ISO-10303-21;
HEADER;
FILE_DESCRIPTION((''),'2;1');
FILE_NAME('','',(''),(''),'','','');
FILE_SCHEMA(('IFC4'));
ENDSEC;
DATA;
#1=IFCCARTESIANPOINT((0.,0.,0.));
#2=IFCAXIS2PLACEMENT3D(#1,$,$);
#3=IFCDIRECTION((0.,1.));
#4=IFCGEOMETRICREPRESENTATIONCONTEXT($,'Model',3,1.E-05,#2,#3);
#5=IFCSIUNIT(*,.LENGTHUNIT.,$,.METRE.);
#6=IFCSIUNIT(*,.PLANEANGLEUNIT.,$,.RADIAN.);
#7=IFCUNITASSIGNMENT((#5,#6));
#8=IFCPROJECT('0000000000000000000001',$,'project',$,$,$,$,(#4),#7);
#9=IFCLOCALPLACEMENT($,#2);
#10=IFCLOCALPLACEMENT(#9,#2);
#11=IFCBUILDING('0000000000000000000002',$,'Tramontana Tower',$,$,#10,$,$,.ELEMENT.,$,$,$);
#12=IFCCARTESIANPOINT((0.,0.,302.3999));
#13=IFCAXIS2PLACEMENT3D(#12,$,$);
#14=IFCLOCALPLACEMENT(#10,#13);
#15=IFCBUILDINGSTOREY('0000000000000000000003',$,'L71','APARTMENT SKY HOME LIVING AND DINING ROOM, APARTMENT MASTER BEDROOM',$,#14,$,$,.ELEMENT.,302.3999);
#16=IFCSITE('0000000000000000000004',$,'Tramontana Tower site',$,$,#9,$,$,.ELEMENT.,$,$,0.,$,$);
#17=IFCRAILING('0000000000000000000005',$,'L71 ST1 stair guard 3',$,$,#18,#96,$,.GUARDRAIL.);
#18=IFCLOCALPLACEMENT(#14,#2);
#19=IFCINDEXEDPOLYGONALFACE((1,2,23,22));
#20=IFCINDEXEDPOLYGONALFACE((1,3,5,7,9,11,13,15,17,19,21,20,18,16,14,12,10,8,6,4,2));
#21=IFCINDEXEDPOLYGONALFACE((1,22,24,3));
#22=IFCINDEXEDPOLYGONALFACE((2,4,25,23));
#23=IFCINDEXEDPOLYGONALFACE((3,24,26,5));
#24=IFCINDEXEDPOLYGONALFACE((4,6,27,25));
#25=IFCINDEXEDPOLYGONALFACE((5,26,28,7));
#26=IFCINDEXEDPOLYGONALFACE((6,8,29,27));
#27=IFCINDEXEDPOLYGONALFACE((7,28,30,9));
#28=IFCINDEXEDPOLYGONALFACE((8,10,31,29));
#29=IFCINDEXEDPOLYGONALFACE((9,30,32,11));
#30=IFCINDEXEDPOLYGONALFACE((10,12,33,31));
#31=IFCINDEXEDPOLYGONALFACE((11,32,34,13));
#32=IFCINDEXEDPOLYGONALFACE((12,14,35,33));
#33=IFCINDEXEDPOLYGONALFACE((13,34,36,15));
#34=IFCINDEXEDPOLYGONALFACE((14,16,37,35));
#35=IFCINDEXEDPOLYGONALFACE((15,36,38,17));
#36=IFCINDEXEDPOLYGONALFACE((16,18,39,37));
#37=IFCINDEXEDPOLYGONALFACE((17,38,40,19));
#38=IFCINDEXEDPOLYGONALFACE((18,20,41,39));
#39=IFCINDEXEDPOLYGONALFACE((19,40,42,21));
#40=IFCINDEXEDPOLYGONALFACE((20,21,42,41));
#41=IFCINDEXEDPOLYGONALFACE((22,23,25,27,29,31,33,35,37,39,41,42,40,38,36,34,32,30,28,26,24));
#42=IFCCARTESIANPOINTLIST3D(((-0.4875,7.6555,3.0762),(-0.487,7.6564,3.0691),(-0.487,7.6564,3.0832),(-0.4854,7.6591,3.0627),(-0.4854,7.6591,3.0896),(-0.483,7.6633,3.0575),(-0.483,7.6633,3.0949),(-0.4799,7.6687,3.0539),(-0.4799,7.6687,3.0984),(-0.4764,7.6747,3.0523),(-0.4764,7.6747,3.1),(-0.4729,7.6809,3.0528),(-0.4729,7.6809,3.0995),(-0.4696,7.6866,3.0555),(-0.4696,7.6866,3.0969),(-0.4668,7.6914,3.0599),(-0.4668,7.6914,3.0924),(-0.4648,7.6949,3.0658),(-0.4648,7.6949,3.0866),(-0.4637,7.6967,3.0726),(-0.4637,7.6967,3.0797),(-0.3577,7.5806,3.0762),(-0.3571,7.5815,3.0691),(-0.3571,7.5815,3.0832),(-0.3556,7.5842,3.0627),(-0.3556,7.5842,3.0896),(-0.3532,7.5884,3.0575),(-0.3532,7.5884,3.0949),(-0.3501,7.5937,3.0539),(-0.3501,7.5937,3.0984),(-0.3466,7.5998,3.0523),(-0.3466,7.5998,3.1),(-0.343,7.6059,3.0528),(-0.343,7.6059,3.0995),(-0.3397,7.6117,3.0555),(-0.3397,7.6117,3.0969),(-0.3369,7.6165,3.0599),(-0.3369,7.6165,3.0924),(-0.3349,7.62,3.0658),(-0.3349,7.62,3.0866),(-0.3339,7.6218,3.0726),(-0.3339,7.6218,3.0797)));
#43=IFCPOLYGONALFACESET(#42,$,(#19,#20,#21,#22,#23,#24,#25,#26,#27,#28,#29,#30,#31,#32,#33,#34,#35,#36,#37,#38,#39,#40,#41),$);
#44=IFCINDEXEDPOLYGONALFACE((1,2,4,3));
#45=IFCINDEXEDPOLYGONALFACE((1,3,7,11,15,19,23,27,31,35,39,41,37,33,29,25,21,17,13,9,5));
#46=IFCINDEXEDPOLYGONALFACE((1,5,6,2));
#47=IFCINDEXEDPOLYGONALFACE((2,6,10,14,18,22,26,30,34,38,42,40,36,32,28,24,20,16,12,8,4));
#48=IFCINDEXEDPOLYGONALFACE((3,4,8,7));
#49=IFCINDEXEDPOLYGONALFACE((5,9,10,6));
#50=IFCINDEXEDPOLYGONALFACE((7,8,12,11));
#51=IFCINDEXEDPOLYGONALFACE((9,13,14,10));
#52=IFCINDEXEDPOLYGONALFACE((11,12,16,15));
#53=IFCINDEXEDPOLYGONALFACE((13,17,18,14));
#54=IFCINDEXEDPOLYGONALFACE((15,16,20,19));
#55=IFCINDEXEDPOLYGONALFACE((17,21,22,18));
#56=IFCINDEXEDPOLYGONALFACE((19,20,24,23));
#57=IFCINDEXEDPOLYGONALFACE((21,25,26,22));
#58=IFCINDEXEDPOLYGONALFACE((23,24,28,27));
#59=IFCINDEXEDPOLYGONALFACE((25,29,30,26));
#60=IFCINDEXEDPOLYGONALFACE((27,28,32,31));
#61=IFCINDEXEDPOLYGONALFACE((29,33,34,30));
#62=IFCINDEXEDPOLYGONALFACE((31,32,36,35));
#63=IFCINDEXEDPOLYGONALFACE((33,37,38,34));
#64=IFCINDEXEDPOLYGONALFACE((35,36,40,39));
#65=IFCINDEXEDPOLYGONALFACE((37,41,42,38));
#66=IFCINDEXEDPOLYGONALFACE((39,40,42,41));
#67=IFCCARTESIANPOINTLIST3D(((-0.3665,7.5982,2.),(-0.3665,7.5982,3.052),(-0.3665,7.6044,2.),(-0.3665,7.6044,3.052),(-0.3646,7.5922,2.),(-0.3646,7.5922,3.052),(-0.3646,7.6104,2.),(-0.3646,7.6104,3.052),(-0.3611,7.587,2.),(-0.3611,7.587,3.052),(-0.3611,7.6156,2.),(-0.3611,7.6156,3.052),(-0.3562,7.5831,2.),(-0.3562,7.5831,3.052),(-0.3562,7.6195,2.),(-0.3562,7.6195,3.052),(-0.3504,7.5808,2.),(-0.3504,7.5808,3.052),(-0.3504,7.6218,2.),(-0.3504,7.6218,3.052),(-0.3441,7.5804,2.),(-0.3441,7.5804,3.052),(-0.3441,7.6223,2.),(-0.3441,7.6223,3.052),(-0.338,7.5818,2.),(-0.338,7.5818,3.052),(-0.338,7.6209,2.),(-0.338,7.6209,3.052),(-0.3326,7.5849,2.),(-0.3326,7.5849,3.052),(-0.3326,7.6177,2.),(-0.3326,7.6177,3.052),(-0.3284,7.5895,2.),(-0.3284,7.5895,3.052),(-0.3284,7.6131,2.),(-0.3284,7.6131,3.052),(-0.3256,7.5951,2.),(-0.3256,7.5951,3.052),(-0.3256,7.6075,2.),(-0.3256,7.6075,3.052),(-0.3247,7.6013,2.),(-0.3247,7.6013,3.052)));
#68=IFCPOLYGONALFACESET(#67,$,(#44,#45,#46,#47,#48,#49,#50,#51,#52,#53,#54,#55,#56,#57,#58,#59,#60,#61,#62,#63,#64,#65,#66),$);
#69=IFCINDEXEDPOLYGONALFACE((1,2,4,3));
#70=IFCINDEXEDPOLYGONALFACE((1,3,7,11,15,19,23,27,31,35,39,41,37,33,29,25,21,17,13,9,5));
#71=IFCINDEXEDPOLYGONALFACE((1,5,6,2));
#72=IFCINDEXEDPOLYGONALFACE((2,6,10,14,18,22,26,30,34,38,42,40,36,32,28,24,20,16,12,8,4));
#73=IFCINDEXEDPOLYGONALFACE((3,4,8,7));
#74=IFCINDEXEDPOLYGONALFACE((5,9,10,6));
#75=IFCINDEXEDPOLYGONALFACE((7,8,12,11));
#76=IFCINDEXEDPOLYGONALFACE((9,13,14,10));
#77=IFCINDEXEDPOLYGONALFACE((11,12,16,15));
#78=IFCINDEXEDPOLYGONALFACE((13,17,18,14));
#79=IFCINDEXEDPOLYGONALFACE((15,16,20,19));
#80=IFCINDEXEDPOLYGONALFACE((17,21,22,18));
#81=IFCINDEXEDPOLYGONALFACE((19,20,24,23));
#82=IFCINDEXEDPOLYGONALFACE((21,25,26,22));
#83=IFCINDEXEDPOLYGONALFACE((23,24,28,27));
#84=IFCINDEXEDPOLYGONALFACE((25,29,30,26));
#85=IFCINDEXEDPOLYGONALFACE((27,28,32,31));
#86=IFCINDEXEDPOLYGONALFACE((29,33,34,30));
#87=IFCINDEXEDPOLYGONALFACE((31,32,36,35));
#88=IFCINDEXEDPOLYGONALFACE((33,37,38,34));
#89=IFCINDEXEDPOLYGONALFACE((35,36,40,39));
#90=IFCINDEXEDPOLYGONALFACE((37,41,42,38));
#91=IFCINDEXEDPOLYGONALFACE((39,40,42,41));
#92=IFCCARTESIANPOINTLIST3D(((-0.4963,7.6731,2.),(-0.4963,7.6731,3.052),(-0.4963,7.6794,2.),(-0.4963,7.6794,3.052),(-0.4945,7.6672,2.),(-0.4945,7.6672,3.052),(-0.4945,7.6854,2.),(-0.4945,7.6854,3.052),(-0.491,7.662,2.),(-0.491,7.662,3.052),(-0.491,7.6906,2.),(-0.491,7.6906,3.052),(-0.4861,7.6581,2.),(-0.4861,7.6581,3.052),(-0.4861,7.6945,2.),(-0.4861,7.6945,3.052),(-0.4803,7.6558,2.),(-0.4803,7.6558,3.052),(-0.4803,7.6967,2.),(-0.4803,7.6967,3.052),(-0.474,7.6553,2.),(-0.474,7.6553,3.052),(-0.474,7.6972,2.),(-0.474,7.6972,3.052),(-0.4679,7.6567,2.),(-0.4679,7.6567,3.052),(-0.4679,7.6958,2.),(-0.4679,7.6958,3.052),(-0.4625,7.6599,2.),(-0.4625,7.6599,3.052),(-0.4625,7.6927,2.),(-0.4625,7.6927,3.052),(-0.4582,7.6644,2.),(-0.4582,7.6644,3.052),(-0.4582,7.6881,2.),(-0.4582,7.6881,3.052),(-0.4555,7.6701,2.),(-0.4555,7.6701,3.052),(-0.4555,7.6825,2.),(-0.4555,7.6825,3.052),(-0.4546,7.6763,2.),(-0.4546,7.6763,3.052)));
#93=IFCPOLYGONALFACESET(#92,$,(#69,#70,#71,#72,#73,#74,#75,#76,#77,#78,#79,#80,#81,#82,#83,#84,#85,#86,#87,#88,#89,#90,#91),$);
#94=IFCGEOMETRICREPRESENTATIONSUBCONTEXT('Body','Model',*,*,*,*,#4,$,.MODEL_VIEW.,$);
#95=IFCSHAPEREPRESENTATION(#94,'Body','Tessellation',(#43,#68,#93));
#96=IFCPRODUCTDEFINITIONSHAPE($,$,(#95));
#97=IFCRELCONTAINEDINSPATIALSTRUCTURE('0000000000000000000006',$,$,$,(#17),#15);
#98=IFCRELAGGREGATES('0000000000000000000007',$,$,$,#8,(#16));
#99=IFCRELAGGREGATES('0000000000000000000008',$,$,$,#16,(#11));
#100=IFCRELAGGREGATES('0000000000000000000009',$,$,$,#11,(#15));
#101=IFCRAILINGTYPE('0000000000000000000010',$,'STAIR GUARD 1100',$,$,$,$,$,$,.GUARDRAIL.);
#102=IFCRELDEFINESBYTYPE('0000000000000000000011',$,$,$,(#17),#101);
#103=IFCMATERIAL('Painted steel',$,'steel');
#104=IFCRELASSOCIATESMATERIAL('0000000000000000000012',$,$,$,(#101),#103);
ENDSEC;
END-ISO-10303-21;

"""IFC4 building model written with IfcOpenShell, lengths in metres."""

from ifc_helpers import new_model, si_unit, direction, frame, origin, origin_2d, place, context, subcontext, project, spatial, circle, extrude, material, type_object, element, save


model = new_model("IFC4")

# Units and contexts
model_context = context("Model", 3, precision=1e-05, world=origin(), true_north=direction((0.0, 1.0)))
body_context = subcontext(model_context, "Body", "Model", "MODEL_VIEW")
ifc_project = project(units=[si_unit("LENGTHUNIT", "METRE"), si_unit("PLANEANGLEUNIT", "RADIAN")], contexts=[model_context])

# Site, building, storey
site_placement = place(None, origin())
site = spatial("IfcSite", under=ifc_project, at=site_placement, Name="Tramontana Tower site", CompositionType="ELEMENT", RefElevation=0.0)
building_placement = place(site_placement, origin())
building = spatial("IfcBuilding", under=site, at=building_placement, Name="Tramontana Tower", CompositionType="ELEMENT")
storey_placement = place(building_placement, frame((0.0, 0.0, 302.3999)))
storey = spatial("IfcBuildingStorey", under=building, at=storey_placement, Name="L71", Description="APARTMENT SKY HOME LIVING AND DINING ROOM, APARTMENT MASTER BEDROOM", CompositionType="ELEMENT", Elevation=302.3999)

# Railing
ifc_material_1 = material(Name="Painted steel", Category="steel")
railing_type_1 = type_object("IfcRailingType", Name="STAIR GUARD 1100", PredefinedType="GUARDRAIL", material=ifc_material_1)
railing_1_placement = place(storey_placement, frame((-0.3457, 7.6013, 2.0)))
element("IfcRailing", 1, at=railing_1_placement, inside=storey, type_object=railing_type_1, Name="L71 ST1 stair guard 3", PredefinedType="GUARDRAIL", context=body_context, shape_type="SweptSolid", body=[
    extrude(circle(Radius=0.0239, at=origin_2d()), frame((0.0, 0.0, 1.0762), z_axis=(-0.866131, 0.499816, 0.0), x_axis=(-0.499816, -0.866131, 0.0)), (0.0, 0.0, 1.0), 0.1499),
    extrude(circle(Radius=0.021, at=origin_2d()), origin(), (0.0, 0.0, 1.0), 1.052),
    extrude(circle(Radius=0.021, at=origin_2d()), frame((-0.1299, 0.075, 0.0)), (0.0, 0.0, 1.0), 1.052),
])

save(model, "model.ifc")
